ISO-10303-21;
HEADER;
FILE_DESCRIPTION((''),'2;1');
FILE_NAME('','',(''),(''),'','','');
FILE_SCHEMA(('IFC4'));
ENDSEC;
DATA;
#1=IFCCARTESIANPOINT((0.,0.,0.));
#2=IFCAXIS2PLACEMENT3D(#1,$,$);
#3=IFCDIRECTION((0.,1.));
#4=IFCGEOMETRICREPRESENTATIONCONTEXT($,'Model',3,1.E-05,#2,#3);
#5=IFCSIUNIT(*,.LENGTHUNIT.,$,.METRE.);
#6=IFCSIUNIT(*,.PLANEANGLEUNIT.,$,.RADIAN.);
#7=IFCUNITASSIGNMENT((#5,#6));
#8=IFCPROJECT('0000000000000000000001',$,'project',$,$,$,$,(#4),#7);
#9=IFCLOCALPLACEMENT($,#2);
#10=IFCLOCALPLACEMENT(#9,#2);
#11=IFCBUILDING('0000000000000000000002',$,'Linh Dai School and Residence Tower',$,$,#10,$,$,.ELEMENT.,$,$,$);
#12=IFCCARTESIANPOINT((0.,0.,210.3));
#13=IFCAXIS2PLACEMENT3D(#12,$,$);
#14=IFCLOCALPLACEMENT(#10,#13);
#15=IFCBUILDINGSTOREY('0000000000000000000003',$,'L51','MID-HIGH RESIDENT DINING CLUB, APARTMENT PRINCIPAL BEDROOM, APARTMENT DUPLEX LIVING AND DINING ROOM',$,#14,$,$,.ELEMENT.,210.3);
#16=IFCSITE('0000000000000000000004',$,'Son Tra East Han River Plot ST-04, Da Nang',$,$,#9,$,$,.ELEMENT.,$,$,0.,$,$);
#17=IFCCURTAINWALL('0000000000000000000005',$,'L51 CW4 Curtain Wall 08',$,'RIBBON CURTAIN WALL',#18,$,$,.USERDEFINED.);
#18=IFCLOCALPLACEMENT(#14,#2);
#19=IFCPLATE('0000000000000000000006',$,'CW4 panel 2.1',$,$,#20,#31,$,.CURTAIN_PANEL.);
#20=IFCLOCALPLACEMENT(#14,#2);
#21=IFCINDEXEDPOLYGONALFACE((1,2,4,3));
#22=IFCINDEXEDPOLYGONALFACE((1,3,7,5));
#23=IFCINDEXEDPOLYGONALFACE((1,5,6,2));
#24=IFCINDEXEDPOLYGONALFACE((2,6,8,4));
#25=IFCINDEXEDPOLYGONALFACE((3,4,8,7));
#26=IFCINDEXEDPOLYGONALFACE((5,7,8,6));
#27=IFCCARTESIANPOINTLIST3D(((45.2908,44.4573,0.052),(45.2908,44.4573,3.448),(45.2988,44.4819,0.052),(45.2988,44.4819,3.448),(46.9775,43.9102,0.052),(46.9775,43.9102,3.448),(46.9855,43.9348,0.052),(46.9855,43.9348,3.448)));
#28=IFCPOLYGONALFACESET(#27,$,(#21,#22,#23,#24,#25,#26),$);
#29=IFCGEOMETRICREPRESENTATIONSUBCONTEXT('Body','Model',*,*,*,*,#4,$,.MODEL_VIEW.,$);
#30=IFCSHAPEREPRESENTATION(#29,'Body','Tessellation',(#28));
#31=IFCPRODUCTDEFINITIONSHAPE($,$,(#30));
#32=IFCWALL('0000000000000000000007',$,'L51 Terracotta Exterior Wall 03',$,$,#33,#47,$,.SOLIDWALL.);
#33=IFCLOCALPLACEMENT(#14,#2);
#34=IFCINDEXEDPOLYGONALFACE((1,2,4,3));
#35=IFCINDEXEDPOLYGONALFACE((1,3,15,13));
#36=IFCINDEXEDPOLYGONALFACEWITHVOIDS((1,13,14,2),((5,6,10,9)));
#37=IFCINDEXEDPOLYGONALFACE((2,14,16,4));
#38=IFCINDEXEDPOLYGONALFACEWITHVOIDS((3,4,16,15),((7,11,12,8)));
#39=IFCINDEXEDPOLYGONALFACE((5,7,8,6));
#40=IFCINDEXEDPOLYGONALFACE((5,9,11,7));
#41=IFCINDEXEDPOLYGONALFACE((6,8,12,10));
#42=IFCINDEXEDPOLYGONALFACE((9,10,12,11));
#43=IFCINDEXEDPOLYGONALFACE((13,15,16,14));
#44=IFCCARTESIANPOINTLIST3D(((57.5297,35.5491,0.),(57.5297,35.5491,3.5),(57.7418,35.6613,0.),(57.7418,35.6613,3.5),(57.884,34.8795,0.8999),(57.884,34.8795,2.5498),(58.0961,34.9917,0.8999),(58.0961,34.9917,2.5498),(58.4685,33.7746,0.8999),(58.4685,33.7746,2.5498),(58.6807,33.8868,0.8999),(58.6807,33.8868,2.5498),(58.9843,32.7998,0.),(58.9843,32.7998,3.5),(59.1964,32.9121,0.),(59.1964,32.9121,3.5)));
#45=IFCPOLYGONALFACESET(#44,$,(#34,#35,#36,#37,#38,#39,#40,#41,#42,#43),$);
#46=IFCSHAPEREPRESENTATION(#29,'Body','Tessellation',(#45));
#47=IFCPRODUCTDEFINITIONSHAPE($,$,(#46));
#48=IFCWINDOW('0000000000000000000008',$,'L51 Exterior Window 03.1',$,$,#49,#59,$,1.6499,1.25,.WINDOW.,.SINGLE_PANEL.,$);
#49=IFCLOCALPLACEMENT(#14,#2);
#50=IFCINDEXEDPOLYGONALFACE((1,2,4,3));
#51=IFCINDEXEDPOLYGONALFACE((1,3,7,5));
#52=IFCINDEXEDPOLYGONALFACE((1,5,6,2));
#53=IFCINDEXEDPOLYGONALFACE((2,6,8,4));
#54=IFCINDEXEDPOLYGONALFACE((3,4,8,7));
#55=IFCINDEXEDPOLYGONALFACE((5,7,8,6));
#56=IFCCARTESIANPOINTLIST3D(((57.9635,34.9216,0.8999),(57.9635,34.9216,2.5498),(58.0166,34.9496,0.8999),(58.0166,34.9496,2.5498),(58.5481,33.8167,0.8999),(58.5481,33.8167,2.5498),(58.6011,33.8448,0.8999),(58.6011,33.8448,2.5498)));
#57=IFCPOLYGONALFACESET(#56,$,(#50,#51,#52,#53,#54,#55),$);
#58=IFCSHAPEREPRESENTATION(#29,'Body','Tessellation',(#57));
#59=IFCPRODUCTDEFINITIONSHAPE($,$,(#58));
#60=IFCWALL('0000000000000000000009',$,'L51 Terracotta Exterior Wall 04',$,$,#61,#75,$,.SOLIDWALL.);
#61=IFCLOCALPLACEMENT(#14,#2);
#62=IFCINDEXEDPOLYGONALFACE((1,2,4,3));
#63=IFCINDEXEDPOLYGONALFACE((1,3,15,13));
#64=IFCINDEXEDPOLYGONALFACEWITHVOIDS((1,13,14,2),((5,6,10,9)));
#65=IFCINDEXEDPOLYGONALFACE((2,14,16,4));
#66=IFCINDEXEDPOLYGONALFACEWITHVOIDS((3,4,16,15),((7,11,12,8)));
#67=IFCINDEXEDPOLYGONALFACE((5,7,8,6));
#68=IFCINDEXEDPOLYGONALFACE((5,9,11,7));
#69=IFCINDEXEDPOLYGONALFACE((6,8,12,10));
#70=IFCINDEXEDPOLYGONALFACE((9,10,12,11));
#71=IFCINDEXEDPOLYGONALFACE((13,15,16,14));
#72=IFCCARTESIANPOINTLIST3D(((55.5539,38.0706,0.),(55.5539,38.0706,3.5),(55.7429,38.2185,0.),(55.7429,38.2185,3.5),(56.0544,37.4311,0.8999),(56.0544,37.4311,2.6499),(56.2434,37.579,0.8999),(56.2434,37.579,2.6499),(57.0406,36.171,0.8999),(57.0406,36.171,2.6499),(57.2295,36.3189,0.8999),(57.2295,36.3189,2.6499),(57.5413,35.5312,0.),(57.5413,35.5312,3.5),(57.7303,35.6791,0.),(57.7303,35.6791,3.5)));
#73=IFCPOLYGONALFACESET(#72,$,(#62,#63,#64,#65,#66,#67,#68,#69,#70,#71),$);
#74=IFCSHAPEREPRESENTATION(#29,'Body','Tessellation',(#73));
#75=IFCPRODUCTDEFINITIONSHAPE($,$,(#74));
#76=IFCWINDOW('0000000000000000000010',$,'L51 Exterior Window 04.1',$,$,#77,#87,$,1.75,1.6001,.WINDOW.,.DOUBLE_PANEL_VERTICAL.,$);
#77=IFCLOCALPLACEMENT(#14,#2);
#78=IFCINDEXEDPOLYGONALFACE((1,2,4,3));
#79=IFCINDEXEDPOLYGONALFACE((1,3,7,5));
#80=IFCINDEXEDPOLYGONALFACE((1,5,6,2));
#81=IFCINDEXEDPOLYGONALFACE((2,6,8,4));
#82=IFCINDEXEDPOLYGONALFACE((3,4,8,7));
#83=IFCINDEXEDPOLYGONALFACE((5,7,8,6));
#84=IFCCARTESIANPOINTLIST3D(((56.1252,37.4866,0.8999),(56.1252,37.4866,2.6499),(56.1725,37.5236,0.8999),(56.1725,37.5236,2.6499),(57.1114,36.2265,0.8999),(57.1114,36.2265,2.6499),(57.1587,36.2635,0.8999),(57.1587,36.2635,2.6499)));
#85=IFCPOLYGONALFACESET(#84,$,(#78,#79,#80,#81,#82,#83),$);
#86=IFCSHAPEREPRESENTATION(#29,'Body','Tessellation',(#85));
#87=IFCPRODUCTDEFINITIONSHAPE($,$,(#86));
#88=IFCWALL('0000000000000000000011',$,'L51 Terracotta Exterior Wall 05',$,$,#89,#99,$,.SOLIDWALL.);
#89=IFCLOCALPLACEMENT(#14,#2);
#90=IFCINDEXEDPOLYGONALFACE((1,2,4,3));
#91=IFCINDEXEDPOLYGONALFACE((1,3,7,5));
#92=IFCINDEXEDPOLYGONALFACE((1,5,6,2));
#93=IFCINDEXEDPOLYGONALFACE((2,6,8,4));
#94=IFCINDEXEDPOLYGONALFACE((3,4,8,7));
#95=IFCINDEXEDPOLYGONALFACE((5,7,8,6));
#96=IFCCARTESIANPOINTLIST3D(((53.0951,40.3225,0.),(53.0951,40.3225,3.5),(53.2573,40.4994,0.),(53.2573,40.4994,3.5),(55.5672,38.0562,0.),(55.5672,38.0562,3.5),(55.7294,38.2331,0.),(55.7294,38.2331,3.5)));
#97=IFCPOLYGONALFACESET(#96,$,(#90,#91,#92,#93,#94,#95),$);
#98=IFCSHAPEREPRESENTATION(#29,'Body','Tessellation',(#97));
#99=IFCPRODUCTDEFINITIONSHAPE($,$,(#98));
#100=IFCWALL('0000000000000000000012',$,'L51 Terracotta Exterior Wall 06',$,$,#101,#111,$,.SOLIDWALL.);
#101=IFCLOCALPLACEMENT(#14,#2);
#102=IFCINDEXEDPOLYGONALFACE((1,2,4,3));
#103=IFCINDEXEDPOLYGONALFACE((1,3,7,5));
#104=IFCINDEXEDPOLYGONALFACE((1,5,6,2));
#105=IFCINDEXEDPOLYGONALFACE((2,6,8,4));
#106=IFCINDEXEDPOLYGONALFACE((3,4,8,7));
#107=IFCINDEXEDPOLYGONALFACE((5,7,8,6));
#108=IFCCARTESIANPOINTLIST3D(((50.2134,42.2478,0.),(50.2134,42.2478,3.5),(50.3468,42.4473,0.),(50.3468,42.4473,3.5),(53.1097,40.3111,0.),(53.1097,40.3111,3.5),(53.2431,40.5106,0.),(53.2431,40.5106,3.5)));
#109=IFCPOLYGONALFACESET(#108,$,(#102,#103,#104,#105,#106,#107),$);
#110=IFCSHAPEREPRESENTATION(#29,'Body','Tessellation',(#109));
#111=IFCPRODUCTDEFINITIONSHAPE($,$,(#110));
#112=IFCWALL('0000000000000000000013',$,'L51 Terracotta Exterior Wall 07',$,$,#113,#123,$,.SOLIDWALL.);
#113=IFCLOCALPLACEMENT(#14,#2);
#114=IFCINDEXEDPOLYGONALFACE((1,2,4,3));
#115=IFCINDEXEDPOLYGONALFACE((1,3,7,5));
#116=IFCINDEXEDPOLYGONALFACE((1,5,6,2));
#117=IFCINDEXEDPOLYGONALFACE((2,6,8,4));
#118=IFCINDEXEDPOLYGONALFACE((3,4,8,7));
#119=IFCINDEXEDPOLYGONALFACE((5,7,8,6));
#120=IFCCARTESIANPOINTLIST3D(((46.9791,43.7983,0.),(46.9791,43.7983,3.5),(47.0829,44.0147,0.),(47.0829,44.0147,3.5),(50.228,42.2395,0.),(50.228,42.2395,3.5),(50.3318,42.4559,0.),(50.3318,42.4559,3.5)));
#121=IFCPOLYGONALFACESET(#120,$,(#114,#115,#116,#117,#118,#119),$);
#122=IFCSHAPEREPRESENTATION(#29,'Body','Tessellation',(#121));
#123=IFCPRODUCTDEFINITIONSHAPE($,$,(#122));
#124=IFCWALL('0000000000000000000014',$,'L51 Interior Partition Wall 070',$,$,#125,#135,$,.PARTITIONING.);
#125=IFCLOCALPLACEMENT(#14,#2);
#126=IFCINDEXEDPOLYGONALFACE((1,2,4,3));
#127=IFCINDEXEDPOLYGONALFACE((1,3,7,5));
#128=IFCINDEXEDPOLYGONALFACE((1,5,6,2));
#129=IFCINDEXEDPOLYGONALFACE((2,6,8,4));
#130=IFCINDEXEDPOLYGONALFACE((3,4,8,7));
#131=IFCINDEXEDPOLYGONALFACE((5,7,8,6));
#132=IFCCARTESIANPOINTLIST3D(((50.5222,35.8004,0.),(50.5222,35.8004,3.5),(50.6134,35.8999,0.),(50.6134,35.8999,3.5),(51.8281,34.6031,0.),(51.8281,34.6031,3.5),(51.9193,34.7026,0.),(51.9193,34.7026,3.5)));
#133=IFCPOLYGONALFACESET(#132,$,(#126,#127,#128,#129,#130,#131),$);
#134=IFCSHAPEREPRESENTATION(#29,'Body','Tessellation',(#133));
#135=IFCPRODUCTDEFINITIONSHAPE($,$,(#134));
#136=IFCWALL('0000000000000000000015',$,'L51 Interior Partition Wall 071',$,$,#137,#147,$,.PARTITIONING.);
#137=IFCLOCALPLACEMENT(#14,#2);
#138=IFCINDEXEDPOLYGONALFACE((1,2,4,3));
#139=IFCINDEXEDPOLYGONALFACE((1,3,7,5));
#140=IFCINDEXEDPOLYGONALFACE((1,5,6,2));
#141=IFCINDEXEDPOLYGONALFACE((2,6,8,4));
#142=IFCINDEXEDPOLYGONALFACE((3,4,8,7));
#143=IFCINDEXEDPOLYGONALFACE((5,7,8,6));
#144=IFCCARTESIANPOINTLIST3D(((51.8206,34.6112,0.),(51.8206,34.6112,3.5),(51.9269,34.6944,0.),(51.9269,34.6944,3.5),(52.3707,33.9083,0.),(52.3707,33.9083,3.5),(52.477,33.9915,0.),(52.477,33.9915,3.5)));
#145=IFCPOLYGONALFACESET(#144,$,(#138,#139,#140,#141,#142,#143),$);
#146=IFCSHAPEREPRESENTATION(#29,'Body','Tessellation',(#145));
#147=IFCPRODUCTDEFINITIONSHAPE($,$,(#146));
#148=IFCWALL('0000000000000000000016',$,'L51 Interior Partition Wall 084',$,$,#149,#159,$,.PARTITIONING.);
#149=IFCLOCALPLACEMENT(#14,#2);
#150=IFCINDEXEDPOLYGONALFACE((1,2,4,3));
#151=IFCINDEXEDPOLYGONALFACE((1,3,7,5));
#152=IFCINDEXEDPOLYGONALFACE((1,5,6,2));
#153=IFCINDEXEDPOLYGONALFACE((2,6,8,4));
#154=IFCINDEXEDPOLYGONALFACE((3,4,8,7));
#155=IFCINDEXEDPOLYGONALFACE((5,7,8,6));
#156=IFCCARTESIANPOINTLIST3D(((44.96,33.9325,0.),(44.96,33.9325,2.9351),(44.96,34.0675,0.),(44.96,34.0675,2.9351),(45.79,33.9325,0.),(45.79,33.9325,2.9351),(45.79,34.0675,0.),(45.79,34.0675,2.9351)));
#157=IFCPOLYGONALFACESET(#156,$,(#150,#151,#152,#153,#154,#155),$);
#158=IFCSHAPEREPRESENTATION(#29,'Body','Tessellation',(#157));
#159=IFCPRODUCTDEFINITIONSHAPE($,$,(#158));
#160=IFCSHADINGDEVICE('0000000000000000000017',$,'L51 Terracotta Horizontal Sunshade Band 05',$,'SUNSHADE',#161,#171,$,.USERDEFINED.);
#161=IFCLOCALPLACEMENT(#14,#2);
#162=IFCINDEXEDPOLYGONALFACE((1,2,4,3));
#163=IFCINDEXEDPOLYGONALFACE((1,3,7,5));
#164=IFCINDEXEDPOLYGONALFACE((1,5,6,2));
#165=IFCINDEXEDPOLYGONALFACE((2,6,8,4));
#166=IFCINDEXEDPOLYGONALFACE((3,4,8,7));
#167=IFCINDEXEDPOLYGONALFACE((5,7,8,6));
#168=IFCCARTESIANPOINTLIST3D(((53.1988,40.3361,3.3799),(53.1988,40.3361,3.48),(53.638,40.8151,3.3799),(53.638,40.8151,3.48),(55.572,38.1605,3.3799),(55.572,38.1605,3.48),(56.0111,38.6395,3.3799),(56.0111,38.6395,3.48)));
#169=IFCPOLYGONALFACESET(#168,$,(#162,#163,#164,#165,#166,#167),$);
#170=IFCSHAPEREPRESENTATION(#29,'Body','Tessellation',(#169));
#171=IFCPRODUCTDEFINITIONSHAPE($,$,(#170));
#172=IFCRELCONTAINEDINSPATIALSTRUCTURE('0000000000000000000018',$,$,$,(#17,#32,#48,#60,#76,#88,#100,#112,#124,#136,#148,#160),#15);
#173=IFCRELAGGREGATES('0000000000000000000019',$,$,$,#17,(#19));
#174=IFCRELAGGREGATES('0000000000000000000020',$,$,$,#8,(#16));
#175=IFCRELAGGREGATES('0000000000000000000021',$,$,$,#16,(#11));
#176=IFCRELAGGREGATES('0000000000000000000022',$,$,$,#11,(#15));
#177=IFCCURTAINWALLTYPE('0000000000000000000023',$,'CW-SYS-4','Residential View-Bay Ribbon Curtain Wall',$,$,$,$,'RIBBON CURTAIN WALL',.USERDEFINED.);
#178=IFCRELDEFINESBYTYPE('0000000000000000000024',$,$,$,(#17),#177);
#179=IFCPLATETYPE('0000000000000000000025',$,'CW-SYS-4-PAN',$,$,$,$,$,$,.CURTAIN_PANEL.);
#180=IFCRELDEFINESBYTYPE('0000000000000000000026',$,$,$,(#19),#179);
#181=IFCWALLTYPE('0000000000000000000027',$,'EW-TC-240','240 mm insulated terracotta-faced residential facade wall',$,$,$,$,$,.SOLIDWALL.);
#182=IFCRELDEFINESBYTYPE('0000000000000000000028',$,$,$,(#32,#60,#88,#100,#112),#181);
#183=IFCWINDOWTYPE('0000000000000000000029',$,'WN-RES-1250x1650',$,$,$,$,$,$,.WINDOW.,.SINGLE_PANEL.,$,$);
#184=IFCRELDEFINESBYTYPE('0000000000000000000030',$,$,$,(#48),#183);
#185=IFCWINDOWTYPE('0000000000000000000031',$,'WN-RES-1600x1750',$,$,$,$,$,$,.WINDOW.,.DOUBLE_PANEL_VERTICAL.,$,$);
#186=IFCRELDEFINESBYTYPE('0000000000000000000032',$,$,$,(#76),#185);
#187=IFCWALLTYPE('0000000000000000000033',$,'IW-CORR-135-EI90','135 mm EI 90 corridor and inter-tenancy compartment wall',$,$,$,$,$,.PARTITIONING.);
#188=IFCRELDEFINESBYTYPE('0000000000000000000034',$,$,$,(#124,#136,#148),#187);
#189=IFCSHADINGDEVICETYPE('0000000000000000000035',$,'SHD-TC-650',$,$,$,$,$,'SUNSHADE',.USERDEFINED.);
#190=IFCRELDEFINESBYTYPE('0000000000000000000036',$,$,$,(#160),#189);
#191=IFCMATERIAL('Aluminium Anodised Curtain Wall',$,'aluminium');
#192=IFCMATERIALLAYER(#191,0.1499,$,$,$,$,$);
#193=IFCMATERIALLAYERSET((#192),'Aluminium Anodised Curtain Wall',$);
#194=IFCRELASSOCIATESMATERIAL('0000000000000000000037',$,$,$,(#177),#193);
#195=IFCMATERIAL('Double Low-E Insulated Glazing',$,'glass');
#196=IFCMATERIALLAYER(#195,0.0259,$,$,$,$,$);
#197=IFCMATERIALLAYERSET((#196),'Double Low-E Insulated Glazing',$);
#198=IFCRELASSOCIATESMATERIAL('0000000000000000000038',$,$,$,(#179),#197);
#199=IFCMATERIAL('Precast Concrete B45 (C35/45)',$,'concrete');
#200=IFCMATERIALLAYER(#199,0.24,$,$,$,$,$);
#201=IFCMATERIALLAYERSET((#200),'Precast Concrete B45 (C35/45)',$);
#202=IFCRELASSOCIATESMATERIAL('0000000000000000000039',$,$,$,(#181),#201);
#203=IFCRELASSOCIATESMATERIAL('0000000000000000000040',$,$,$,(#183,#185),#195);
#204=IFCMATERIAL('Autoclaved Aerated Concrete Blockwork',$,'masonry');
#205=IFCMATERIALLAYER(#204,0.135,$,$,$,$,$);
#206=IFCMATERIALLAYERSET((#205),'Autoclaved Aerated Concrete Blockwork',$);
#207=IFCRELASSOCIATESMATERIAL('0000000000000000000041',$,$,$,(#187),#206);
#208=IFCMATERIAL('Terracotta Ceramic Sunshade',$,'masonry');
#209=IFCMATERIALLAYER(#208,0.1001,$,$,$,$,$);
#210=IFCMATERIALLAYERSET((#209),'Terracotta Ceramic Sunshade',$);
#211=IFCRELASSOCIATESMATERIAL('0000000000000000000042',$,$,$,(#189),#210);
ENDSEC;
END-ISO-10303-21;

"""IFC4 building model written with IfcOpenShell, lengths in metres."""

from ifc_helpers import new_model, si_unit, direction, frame, frame_2d, origin, origin_2d, place, context, subcontext, project, spatial, rectangle, extrude, source, transform, mapped, material, layer, layer_set, type_object, element, fill, aggregate, save


model = new_model("IFC4")

# Units and contexts
model_context = context("Model", 3, precision=1e-05, world=origin(), true_north=direction((0.0, 1.0)))
body_context = subcontext(model_context, "Body", "Model", "MODEL_VIEW")
ifc_project = project(units=[si_unit("LENGTHUNIT", "METRE"), si_unit("PLANEANGLEUNIT", "RADIAN")], contexts=[model_context])

# Site, building, storey
site_placement = place(None, origin())
site = spatial("IfcSite", under=ifc_project, at=site_placement, Name="Son Tra East Han River Plot ST-04, Da Nang", CompositionType="ELEMENT", RefElevation=0.0)
building_placement = place(site_placement, origin())
building = spatial("IfcBuilding", under=site, at=building_placement, Name="Linh Dai School and Residence Tower", CompositionType="ELEMENT")
storey_placement = place(building_placement, frame((0.0, 0.0, 210.3)))
storey = spatial("IfcBuildingStorey", under=building, at=storey_placement, Name="L51", Description="MID-HIGH RESIDENT DINING CLUB, APARTMENT PRINCIPAL BEDROOM, APARTMENT DUPLEX LIVING AND DINING ROOM", CompositionType="ELEMENT", Elevation=210.3)

# Curtain wall
ifc_material_1 = material(Name="Aluminium Anodised Curtain Wall", Category="aluminium")
ifc_layer_1 = layer(ifc_material_1, 0.1499)
ifc_layer_set_1 = layer_set([ifc_layer_1], Name="Aluminium Anodised Curtain Wall")
curtain_wall_type = type_object("IfcCurtainWallType", Name="CW-SYS-4", Description="Residential View-Bay Ribbon Curtain Wall", ElementType="RIBBON CURTAIN WALL", PredefinedType="USERDEFINED", material=ifc_layer_set_1)
curtain_wall_placement = place(storey_placement, origin())
curtain_wall = element("IfcCurtainWall", 1, at=curtain_wall_placement, inside=storey, type_object=curtain_wall_type, Name="L51 CW4 Curtain Wall 08", ObjectType="RIBBON CURTAIN WALL", PredefinedType="USERDEFINED")

# Shared definitions
ifc_material_2 = material(Name="Precast Concrete B45 (C35/45)", Category="concrete")

# Plate
ifc_material_3 = material(Name="Double Low-E Insulated Glazing", Category="glass")
ifc_layer_2 = layer(ifc_material_3, 0.0259)
ifc_layer_set_2 = layer_set([ifc_layer_2], Name="Double Low-E Insulated Glazing")
plate_type_1 = type_object("IfcPlateType", Name="CW-SYS-4-PAN", PredefinedType="CURTAIN_PANEL", material=ifc_layer_set_2)
shared_shape_1 = source(origin(), body_context, "Body", "SweptSolid", [
    extrude(rectangle(XDim=1.7732, YDim=0.0259, at=origin_2d()), origin(), (0.0, 0.0, 1.0), 3.396),
])
plate_1_placement = place(storey_placement, frame((46.1382, 44.196, 0.052), z_axis=(0.0, 0.0, 1.0), x_axis=(0.951224, -0.308501, 0.0)))
plate_1 = element("IfcPlate", 2, at=plate_1_placement, type_object=plate_type_1, Name="CW4 panel 2.1", PredefinedType="CURTAIN_PANEL", context=body_context, shape_type="MappedRepresentation", body=[
    mapped(shared_shape_1, transform((0.0, 0.0, 0.0), x_axis=(1.0, 0.0, 0.0), y_axis=(0.0, 1.0, 0.0), z_axis=(0.0, 0.0, 1.0), scale=1.0)),
])
aggregate(curtain_wall, [plate_1])

# Walls, openings, windows
ifc_layer_3 = layer(ifc_material_2, 0.24)
ifc_layer_set_3 = layer_set([ifc_layer_3], Name="Precast Concrete B45 (C35/45)")
wall_type_1 = type_object("IfcWallType", Name="EW-TC-240", Description="240 mm insulated terracotta-faced residential facade wall", PredefinedType="SOLIDWALL", material=ifc_layer_set_3)
wall_1_placement = place(storey_placement, frame((57.6357, 35.6052, 0.0), z_axis=(0.0, 0.0, 1.0), x_axis=(0.46766, -0.883908, 0.0)))
wall_1 = element("IfcWall", 3, at=wall_1_placement, inside=storey, type_object=wall_type_1, Name="L51 Terracotta Exterior Wall 03", PredefinedType="SOLIDWALL", context=body_context, shape_type="SweptSolid", body=[
    extrude(rectangle(XDim=3.1104, YDim=0.24, at=frame_2d((1.5552, 0.0))), origin(), (0.0, 0.0, 1.0), 3.5),
])
opening_1_placement = place(wall_1_placement, frame((0.7576, 0.0, 0.8999)))
opening_1 = element("IfcOpeningElement", 4, at=opening_1_placement, cuts=wall_1, PredefinedType="OPENING", context=body_context, shape_type="SweptSolid", body=[
    extrude(rectangle(XDim=1.25, YDim=1.6499, at=origin_2d()), frame((0.625, 0.1299, 0.825), z_axis=(0.0, -1.0, 0.0), x_axis=(1.0, 0.0, 0.0)), (0.0, 0.0, 1.0), 0.26),
])
window_type_1 = type_object("IfcWindowType", Name="WN-RES-1250x1650", PartitioningType="SINGLE_PANEL", PredefinedType="WINDOW", material=ifc_material_3)
shared_shape_2 = source(origin(), body_context, "Body", "SweptSolid", [
    extrude(rectangle(XDim=1.25, YDim=1.6499, at=origin_2d()), frame((0.625, 0.03, 0.825), z_axis=(0.0, -1.0, 0.0), x_axis=(1.0, 0.0, 0.0)), (0.0, 0.0, 1.0), 0.0601),
])
window_1_placement = place(opening_1_placement, origin())
window_1 = element("IfcWindow", 5, at=window_1_placement, inside=storey, type_object=window_type_1, Name="L51 Exterior Window 03.1", OverallHeight=1.6499, OverallWidth=1.25, PartitioningType="SINGLE_PANEL", PredefinedType="WINDOW", context=body_context, shape_type="MappedRepresentation", body=[
    mapped(shared_shape_2, transform((0.0, 0.0, 0.0), x_axis=(1.0, 0.0, 0.0), y_axis=(0.0, 1.0, 0.0), z_axis=(0.0, 0.0, 1.0), scale=1.0)),
])
fill(opening_1, window_1)
wall_2_placement = place(storey_placement, frame((55.6484, 38.1445, 0.0), z_axis=(0.0, 0.0, 1.0), x_axis=(0.616312, -0.787502, 0.0)))
wall_2 = element("IfcWall", 6, at=wall_2_placement, inside=storey, type_object=wall_type_1, Name="L51 Terracotta Exterior Wall 04", PredefinedType="SOLIDWALL", context=body_context, shape_type="SweptSolid", body=[
    extrude(rectangle(XDim=3.2246, YDim=0.24, at=frame_2d((1.6123, 0.0))), origin(), (0.0, 0.0, 1.0), 3.5),
])
opening_2_placement = place(wall_2_placement, frame((0.812, 0.0, 0.8999)))
opening_2 = element("IfcOpeningElement", 7, at=opening_2_placement, cuts=wall_2, PredefinedType="OPENING", context=body_context, shape_type="SweptSolid", body=[
    extrude(rectangle(XDim=1.6001, YDim=1.75, at=origin_2d()), frame((0.8, 0.1299, 0.875), z_axis=(0.0, -1.0, 0.0), x_axis=(1.0, 0.0, 0.0)), (0.0, 0.0, 1.0), 0.26),
])
window_type_2 = type_object("IfcWindowType", Name="WN-RES-1600x1750", PartitioningType="DOUBLE_PANEL_VERTICAL", PredefinedType="WINDOW", material=ifc_material_3)
shared_shape_3 = source(origin(), body_context, "Body", "SweptSolid", [
    extrude(rectangle(XDim=1.6001, YDim=1.75, at=origin_2d()), frame((0.8, 0.03, 0.875), z_axis=(0.0, -1.0, 0.0), x_axis=(1.0, 0.0, 0.0)), (0.0, 0.0, 1.0), 0.0601),
])
window_2_placement = place(opening_2_placement, origin())
window_2 = element("IfcWindow", 8, at=window_2_placement, inside=storey, type_object=window_type_2, Name="L51 Exterior Window 04.1", OverallHeight=1.75, OverallWidth=1.6001, PartitioningType="DOUBLE_PANEL_VERTICAL", PredefinedType="WINDOW", context=body_context, shape_type="MappedRepresentation", body=[
    mapped(shared_shape_3, transform((0.0, 0.0, 0.0), x_axis=(1.0, 0.0, 0.0), y_axis=(0.0, 1.0, 0.0), z_axis=(0.0, 0.0, 1.0), scale=1.0)),
])
fill(opening_2, window_2)

# Walls
wall_3_placement = place(storey_placement, frame((53.1763, 40.4109, 0.0), z_axis=(0.0, 0.0, 1.0), x_axis=(0.737124, -0.675758, 0.0)))
element("IfcWall", 9, at=wall_3_placement, inside=storey, type_object=wall_type_1, Name="L51 Terracotta Exterior Wall 05", PredefinedType="SOLIDWALL", context=body_context, shape_type="SweptSolid", body=[
    extrude(rectangle(XDim=3.3538, YDim=0.24, at=frame_2d((1.6768, 0.0))), origin(), (0.0, 0.0, 1.0), 3.5),
])
wall_4_placement = place(storey_placement, frame((50.28, 42.3477, 0.0), z_axis=(0.0, 0.0, 1.0), x_axis=(0.831262, -0.55588, 0.0)))
element("IfcWall", 10, at=wall_4_placement, inside=storey, type_object=wall_type_1, Name="L51 Terracotta Exterior Wall 06", PredefinedType="SOLIDWALL", context=body_context, shape_type="SweptSolid", body=[
    extrude(rectangle(XDim=3.4841, YDim=0.24, at=frame_2d((1.7422, 0.0))), origin(), (0.0, 0.0, 1.0), 3.5),
])
wall_5_placement = place(storey_placement, frame((47.031, 43.9065, 0.0), z_axis=(0.0, 0.0, 1.0), x_axis=(0.901598, -0.432575, 0.0)))
element("IfcWall", 11, at=wall_5_placement, inside=storey, type_object=wall_type_1, Name="L51 Terracotta Exterior Wall 07", PredefinedType="SOLIDWALL", context=body_context, shape_type="SweptSolid", body=[
    extrude(rectangle(XDim=3.6035, YDim=0.24, at=frame_2d((1.8018, 0.0))), origin(), (0.0, 0.0, 1.0), 3.5),
])
ifc_material_4 = material(Name="Autoclaved Aerated Concrete Blockwork", Category="masonry")
ifc_layer_4 = layer(ifc_material_4, 0.135)
ifc_layer_set_4 = layer_set([ifc_layer_4], Name="Autoclaved Aerated Concrete Blockwork")
wall_type_2 = type_object("IfcWallType", Name="IW-CORR-135-EI90", Description="135 mm EI 90 corridor and inter-tenancy compartment wall", PredefinedType="PARTITIONING", material=ifc_layer_set_4)
wall_6_placement = place(storey_placement, frame((50.5679, 35.8501, 0.0), z_axis=(0.0, 0.0, 1.0), x_axis=(0.737103, -0.675781, 0.0)))
element("IfcWall", 12, at=wall_6_placement, inside=storey, type_object=wall_type_2, Name="L51 Interior Partition Wall 070", PredefinedType="PARTITIONING", context=body_context, shape_type="SweptSolid", body=[
    extrude(rectangle(XDim=1.7717, YDim=0.135, at=frame_2d((0.8857, 0.0))), origin(), (0.0, 0.0, 1.0), 3.5),
])
wall_7_placement = place(storey_placement, frame((51.8738, 34.6528, 0.0), z_axis=(0.0, 0.0, 1.0), x_axis=(0.616286, -0.787522, 0.0)))
element("IfcWall", 13, at=wall_7_placement, inside=storey, type_object=wall_type_2, Name="L51 Interior Partition Wall 071", PredefinedType="PARTITIONING", context=body_context, shape_type="SweptSolid", body=[
    extrude(rectangle(XDim=0.8926, YDim=0.135, at=frame_2d((0.4463, 0.0))), origin(), (0.0, 0.0, 1.0), 3.5),
])
wall_8_placement = place(storey_placement, frame((45.79, 34.0, 0.0), z_axis=(0.0, 0.0, 1.0), x_axis=(-1.0, 0.0, 0.0)))
element("IfcWall", 14, at=wall_8_placement, inside=storey, type_object=wall_type_2, Name="L51 Interior Partition Wall 084", PredefinedType="PARTITIONING", context=body_context, shape_type="SweptSolid", body=[
    extrude(rectangle(XDim=0.8301, YDim=0.135, at=frame_2d((0.415, 0.0))), origin(), (0.0, 0.0, 1.0), 2.9351),
])

# Shading device
ifc_material_5 = material(Name="Terracotta Ceramic Sunshade", Category="masonry")
ifc_layer_5 = layer(ifc_material_5, 0.1001)
ifc_layer_set_5 = layer_set([ifc_layer_5], Name="Terracotta Ceramic Sunshade")
shading_device_type = type_object("IfcShadingDeviceType", Name="SHD-TC-650", ElementType="SUNSHADE", PredefinedType="USERDEFINED", material=ifc_layer_set_5)
shared_shape_4 = source(origin(), body_context, "Body", "SweptSolid", [
    extrude(rectangle(XDim=3.2195, YDim=0.6499, at=origin_2d()), origin(), (0.0, 0.0, 1.0), 0.1001),
])
shading_device_placement = place(storey_placement, frame((54.605, 39.4878, 3.3799), z_axis=(0.0, 0.0, 1.0), x_axis=(0.737124, -0.675758, 0.0)))
element("IfcShadingDevice", 15, at=shading_device_placement, inside=storey, type_object=shading_device_type, Name="L51 Terracotta Horizontal Sunshade Band 05", ObjectType="SUNSHADE", PredefinedType="USERDEFINED", context=body_context, shape_type="MappedRepresentation", body=[
    mapped(shared_shape_4, transform((0.0, 0.0, 0.0), x_axis=(1.0, 0.0, 0.0), y_axis=(0.0, 1.0, 0.0), z_axis=(0.0, 0.0, 1.0), scale=1.0)),
])

save(model, "model.ifc")
